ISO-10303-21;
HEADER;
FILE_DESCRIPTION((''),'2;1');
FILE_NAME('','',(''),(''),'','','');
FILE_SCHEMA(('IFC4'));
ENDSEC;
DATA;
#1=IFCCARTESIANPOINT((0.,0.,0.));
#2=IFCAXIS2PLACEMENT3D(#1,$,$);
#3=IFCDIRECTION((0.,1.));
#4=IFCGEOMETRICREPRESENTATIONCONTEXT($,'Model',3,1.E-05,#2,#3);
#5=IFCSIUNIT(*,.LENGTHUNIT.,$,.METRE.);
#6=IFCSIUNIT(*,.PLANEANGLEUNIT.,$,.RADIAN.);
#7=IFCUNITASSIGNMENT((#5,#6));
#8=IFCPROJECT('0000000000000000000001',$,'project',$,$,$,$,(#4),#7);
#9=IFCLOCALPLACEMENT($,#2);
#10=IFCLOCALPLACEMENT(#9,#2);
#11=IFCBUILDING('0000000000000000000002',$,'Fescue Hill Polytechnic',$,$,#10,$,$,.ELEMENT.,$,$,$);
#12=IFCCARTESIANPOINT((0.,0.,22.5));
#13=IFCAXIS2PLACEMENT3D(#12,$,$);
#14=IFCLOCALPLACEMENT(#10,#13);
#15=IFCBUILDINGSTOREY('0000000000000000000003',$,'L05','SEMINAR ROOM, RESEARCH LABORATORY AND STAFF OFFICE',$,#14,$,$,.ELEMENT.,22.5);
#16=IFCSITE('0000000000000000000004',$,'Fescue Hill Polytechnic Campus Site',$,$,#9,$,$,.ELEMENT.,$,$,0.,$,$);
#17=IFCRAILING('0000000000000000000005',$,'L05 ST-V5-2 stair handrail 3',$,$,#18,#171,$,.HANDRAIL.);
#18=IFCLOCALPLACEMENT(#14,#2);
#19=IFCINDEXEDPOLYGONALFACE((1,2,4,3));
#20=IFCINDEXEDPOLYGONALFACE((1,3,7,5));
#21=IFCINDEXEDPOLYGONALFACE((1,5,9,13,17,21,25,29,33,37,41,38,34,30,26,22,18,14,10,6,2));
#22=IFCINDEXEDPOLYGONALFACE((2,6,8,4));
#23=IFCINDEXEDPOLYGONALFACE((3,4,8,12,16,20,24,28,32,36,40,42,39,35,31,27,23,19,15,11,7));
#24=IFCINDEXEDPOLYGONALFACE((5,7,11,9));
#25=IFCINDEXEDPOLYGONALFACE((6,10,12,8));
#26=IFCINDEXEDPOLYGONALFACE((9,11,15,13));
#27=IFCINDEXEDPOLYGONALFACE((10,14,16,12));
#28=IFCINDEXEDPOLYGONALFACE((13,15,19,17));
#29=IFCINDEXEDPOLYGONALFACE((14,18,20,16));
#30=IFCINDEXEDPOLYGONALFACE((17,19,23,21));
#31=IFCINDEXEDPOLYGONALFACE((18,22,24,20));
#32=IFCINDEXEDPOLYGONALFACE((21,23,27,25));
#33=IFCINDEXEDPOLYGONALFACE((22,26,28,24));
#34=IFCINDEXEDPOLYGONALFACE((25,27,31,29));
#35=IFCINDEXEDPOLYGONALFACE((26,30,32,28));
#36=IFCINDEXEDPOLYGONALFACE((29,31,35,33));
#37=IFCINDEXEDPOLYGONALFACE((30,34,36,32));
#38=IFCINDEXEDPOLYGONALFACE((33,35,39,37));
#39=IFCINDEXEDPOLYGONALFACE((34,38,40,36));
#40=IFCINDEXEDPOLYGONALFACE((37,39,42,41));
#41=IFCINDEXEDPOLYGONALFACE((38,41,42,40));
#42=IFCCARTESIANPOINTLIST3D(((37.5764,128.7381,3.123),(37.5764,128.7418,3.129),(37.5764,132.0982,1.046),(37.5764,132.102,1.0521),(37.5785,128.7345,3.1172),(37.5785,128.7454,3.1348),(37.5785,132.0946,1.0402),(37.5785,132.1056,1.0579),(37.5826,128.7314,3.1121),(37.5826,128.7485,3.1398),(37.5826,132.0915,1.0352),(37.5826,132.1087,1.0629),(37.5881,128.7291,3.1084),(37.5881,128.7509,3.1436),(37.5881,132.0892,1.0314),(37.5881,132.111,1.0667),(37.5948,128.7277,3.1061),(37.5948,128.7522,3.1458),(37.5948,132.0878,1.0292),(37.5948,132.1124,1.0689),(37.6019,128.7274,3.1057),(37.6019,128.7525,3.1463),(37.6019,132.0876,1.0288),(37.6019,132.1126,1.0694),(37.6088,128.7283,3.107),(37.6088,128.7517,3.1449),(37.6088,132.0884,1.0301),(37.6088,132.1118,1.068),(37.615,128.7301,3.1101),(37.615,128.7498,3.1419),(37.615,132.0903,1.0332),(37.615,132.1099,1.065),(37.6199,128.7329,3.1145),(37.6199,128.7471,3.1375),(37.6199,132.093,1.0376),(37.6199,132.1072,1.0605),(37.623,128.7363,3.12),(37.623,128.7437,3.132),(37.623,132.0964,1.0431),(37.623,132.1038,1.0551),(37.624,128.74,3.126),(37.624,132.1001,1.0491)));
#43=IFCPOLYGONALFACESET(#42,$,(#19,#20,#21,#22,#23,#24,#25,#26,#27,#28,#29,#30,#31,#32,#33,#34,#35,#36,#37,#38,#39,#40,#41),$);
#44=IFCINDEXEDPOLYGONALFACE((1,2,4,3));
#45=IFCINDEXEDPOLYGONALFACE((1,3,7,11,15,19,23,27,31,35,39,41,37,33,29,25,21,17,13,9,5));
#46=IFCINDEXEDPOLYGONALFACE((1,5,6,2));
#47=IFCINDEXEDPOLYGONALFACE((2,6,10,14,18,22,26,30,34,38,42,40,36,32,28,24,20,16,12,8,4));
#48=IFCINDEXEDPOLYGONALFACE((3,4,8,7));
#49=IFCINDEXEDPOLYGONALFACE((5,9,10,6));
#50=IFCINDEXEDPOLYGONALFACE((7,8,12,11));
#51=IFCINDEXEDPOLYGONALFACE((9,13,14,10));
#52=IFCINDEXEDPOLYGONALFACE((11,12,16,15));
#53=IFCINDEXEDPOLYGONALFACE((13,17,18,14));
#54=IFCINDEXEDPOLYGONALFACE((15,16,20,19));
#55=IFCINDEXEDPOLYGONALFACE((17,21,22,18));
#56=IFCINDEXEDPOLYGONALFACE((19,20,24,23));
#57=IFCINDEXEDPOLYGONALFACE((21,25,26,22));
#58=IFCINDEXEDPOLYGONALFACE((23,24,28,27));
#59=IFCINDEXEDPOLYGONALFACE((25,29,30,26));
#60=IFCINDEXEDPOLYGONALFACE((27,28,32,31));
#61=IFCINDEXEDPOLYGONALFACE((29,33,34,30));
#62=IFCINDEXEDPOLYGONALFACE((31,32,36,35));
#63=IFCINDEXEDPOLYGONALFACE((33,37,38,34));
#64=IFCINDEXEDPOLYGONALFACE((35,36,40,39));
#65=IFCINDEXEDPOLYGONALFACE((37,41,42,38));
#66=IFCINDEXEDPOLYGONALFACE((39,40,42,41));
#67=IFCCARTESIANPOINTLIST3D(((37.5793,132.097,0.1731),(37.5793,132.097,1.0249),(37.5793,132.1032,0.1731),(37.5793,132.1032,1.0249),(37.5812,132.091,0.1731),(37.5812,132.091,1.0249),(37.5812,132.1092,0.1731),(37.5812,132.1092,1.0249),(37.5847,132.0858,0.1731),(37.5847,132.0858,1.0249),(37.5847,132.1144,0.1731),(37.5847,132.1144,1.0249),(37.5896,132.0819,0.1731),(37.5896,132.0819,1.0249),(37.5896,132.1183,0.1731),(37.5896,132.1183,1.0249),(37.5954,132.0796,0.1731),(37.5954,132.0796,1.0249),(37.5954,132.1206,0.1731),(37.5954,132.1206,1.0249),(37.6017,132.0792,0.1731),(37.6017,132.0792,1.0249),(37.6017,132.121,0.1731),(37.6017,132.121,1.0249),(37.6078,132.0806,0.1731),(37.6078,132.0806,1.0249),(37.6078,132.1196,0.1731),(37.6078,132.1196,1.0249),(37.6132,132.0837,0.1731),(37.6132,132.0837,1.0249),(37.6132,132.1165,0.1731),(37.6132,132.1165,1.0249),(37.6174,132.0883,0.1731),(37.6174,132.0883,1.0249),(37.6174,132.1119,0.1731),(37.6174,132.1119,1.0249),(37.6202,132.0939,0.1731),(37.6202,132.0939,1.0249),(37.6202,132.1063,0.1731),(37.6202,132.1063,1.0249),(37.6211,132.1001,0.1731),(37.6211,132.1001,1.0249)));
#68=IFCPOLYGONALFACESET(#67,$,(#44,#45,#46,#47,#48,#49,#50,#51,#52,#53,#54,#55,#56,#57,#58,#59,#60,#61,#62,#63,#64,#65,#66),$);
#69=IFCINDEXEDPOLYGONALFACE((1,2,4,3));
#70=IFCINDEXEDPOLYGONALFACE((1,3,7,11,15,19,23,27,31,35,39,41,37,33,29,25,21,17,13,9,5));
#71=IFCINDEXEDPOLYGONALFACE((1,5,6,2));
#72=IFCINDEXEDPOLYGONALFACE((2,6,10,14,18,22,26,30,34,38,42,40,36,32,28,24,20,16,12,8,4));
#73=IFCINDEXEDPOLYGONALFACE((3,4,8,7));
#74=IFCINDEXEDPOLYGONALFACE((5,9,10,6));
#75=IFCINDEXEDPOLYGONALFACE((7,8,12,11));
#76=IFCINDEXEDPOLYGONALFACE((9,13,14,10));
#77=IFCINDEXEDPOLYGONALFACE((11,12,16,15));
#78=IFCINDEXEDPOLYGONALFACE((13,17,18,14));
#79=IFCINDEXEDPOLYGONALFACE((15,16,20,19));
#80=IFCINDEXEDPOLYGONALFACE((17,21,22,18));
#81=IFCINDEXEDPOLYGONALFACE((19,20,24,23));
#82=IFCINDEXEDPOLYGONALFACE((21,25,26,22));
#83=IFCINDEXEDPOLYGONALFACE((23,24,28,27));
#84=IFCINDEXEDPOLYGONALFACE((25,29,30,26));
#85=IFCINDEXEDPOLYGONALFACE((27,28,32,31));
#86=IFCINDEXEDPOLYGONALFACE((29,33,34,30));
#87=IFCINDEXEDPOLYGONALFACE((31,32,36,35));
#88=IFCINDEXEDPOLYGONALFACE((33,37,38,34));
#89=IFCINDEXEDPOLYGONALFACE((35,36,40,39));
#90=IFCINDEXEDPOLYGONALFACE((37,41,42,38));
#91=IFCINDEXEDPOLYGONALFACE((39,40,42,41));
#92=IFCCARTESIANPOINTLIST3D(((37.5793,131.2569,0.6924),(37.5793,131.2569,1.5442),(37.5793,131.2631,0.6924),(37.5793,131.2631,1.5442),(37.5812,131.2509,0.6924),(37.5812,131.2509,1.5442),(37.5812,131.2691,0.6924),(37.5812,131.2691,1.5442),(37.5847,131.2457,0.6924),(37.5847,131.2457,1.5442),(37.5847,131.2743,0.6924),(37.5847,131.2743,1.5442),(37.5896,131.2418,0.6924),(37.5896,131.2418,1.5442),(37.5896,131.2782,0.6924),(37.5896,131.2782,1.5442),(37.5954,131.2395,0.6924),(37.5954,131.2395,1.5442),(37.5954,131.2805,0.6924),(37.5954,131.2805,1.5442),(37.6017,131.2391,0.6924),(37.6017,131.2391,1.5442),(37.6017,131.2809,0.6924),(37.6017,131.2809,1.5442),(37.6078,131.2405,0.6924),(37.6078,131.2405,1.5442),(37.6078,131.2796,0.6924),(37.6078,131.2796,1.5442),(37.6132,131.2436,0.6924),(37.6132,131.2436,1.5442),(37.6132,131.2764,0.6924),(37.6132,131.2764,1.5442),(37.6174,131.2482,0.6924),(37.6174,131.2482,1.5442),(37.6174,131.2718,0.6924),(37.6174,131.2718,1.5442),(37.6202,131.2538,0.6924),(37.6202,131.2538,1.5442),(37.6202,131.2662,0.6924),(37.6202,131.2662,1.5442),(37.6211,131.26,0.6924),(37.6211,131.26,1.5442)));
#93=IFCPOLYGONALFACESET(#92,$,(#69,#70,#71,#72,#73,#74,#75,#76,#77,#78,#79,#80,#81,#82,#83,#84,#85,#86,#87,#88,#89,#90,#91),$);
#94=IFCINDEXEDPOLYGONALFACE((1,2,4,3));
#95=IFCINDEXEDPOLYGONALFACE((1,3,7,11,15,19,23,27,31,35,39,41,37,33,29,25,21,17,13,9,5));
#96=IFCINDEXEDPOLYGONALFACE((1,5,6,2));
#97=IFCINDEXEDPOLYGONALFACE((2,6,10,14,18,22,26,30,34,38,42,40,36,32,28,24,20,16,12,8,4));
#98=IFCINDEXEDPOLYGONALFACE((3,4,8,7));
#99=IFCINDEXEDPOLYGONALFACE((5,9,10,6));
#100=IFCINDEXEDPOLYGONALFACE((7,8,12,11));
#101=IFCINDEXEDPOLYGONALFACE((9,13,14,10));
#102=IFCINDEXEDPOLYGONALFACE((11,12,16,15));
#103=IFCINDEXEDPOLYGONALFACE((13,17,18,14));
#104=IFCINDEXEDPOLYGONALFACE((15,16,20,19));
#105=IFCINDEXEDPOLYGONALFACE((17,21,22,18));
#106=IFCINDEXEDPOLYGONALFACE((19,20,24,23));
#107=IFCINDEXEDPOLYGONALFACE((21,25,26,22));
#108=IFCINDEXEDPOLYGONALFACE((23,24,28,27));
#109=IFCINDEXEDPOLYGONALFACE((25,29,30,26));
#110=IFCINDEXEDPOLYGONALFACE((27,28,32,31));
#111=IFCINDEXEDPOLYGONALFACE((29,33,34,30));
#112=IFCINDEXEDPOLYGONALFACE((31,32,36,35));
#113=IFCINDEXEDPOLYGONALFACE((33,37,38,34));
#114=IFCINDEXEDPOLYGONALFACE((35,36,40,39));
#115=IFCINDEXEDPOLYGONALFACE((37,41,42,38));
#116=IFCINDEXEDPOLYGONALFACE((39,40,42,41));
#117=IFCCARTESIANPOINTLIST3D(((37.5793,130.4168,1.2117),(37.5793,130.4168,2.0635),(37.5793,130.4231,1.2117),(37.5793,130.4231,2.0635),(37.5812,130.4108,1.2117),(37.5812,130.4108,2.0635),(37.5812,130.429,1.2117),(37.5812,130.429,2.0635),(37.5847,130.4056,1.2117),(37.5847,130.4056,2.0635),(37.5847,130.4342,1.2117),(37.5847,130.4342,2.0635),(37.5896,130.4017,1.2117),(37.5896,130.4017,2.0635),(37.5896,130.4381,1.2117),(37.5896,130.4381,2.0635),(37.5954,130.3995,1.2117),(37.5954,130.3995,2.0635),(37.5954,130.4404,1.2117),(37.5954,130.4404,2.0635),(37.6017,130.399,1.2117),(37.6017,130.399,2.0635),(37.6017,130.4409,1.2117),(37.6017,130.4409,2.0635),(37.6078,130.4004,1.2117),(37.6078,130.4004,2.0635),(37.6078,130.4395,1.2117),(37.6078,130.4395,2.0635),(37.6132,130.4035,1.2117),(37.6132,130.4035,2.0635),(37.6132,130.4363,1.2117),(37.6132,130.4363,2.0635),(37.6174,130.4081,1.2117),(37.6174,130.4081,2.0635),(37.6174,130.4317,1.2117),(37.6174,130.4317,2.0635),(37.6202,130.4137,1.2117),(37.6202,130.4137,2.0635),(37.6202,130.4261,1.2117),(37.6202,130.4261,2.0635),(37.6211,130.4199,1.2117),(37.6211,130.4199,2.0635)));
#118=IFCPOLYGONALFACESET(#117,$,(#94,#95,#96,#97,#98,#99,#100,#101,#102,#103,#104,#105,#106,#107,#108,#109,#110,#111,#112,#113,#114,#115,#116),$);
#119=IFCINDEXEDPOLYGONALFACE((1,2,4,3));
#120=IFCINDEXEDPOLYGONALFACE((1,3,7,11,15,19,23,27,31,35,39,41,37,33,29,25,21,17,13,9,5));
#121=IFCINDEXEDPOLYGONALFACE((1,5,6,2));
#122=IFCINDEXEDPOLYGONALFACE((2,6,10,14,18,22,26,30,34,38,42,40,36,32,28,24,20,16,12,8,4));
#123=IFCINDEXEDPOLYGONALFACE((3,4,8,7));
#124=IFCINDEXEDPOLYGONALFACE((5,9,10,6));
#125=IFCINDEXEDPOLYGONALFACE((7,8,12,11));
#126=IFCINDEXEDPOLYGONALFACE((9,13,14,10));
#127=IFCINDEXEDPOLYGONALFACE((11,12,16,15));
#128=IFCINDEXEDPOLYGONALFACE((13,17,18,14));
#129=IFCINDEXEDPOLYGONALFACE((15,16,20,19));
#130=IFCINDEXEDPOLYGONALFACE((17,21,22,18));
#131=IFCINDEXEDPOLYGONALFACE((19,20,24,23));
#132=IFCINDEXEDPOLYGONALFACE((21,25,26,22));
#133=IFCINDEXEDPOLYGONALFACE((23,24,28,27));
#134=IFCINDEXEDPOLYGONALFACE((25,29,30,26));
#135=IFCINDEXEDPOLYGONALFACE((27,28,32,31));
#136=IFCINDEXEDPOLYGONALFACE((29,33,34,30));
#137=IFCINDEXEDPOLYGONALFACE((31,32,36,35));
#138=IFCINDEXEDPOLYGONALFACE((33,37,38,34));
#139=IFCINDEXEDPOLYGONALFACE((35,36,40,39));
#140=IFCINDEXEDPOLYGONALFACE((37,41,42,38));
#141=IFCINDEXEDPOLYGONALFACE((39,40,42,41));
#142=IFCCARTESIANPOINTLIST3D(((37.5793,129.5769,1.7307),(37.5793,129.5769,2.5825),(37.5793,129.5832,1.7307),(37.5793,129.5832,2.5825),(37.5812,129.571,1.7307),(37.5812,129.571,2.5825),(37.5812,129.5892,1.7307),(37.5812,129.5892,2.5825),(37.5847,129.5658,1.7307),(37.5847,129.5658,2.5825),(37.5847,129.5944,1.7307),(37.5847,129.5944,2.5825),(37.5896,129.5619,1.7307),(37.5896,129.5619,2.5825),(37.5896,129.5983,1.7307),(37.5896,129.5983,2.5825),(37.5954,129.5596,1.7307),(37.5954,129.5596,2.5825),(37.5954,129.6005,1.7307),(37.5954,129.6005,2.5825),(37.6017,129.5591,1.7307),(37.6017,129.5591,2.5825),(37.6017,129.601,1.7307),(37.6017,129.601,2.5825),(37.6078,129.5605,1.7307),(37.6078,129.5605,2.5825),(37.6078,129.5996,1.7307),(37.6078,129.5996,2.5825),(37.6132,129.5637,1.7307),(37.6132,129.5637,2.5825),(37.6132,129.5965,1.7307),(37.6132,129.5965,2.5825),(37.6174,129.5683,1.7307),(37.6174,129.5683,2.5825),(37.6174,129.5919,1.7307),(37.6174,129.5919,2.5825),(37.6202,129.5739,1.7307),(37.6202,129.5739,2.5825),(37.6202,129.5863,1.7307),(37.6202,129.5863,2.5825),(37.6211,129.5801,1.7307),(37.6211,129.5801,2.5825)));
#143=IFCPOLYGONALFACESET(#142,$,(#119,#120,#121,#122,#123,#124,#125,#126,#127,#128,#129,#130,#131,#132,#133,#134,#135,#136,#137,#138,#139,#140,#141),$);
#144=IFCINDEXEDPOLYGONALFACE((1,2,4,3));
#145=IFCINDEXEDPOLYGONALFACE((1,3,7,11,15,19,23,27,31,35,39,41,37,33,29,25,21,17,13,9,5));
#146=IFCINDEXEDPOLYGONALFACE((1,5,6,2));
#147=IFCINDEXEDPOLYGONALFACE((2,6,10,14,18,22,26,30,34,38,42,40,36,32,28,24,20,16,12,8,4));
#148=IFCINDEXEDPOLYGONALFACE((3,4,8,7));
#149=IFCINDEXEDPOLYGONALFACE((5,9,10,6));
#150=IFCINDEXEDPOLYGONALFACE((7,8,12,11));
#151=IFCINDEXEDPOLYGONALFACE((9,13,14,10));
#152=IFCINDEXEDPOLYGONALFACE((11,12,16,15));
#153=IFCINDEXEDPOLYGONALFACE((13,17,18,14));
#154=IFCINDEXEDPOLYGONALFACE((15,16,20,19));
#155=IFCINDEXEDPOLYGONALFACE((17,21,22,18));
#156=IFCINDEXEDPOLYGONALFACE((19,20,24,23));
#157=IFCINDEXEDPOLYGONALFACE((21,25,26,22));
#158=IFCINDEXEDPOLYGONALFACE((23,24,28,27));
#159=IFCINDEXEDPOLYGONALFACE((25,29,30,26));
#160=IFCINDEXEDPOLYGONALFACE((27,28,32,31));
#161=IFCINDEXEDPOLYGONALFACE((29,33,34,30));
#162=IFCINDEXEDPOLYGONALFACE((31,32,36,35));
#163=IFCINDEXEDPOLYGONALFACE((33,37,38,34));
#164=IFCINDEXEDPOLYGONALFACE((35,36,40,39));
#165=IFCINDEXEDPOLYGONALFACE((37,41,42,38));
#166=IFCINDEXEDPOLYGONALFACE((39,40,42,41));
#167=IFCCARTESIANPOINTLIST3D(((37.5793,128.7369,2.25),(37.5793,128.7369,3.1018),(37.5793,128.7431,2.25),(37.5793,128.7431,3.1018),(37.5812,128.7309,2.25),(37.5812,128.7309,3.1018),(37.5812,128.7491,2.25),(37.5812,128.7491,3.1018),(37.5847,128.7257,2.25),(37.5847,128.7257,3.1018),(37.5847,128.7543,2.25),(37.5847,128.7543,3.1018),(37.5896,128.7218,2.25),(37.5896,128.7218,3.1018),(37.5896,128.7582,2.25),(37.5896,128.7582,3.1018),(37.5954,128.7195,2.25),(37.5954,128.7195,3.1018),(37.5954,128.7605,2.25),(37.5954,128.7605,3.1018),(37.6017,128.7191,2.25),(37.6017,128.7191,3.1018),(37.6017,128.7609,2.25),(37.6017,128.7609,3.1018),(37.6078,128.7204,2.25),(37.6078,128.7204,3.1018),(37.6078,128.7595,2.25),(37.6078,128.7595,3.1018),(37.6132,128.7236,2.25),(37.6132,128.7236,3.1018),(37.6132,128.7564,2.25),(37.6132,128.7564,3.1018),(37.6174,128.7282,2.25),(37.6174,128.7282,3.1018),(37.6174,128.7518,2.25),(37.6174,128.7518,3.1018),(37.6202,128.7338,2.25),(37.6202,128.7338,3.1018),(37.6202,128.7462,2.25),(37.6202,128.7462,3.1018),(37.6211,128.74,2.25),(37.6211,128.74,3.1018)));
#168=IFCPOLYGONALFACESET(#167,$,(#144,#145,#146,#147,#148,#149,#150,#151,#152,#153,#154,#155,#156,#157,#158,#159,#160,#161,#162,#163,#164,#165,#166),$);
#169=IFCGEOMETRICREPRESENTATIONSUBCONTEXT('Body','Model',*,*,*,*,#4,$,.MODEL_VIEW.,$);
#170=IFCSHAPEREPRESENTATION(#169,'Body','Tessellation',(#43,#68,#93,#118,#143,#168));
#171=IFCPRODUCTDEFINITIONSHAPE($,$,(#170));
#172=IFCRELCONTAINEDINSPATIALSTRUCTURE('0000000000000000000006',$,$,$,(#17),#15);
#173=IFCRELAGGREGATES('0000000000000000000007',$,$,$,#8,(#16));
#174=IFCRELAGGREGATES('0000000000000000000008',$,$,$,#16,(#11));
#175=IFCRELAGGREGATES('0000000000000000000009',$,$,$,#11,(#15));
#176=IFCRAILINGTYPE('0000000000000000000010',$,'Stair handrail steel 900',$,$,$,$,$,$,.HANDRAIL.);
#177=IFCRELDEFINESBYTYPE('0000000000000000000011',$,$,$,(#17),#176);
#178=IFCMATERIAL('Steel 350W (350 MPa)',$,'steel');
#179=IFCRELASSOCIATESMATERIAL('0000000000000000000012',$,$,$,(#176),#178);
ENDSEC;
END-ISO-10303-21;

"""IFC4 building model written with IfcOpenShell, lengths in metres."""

from ifc_helpers import new_model, si_unit, direction, frame, origin, origin_2d, place, context, subcontext, project, spatial, circle, extrude, material, type_object, element, save


model = new_model("IFC4")

# Units and contexts
model_context = context("Model", 3, precision=1e-05, world=origin(), true_north=direction((0.0, 1.0)))
body_context = subcontext(model_context, "Body", "Model", "MODEL_VIEW")
ifc_project = project(units=[si_unit("LENGTHUNIT", "METRE"), si_unit("PLANEANGLEUNIT", "RADIAN")], contexts=[model_context])

# Site, building, storey
site_placement = place(None, origin())
site = spatial("IfcSite", under=ifc_project, at=site_placement, Name="Fescue Hill Polytechnic Campus Site", CompositionType="ELEMENT", RefElevation=0.0)
building_placement = place(site_placement, origin())
building = spatial("IfcBuilding", under=site, at=building_placement, Name="Fescue Hill Polytechnic", CompositionType="ELEMENT")
storey_placement = place(building_placement, frame((0.0, 0.0, 22.5)))
storey = spatial("IfcBuildingStorey", under=building, at=storey_placement, Name="L05", Description="SEMINAR ROOM, RESEARCH LABORATORY AND STAFF OFFICE", CompositionType="ELEMENT", Elevation=22.5)

# Railing
ifc_material_1 = material(Name="Steel 350W (350 MPa)", Category="steel")
railing_type_1 = type_object("IfcRailingType", Name="Stair handrail steel 900", PredefinedType="HANDRAIL", material=ifc_material_1)
for number, where, name in (
    (1, (37.6001, 132.1001, 0.1731), "L05 ST-V5-2 stair handrail 3"),
):
    element("IfcRailing", number, at=place(storey_placement, frame(where)), inside=storey, type_object=railing_type_1, Name=name, PredefinedType="HANDRAIL", context=body_context, shape_type="SweptSolid", body=[
        extrude(circle(Radius=0.0239, at=origin_2d()), frame((0.0, 0.0, 0.876), z_axis=(0.0, -0.850623, 0.525776), x_axis=(1.0, 0.0, 0.0)), (0.0, 0.0, 1.0), 3.9502),
        extrude(circle(Radius=0.021, at=origin_2d()), origin(), (0.0, 0.0, 1.0), 0.8518),
        extrude(circle(Radius=0.021, at=origin_2d()), frame((0.0, -0.8401, 0.5193)), (0.0, 0.0, 1.0), 0.8518),
        extrude(circle(Radius=0.021, at=origin_2d()), frame((0.0, -1.6802, 1.0386)), (0.0, 0.0, 1.0), 0.8518),
        extrude(circle(Radius=0.021, at=origin_2d()), frame((0.0, -2.52, 1.5576)), (0.0, 0.0, 1.0), 0.8518),
        extrude(circle(Radius=0.021, at=origin_2d()), frame((0.0, -3.3601, 2.0769)), (0.0, 0.0, 1.0), 0.8518),
    ])

save(model, "model.ifc")
